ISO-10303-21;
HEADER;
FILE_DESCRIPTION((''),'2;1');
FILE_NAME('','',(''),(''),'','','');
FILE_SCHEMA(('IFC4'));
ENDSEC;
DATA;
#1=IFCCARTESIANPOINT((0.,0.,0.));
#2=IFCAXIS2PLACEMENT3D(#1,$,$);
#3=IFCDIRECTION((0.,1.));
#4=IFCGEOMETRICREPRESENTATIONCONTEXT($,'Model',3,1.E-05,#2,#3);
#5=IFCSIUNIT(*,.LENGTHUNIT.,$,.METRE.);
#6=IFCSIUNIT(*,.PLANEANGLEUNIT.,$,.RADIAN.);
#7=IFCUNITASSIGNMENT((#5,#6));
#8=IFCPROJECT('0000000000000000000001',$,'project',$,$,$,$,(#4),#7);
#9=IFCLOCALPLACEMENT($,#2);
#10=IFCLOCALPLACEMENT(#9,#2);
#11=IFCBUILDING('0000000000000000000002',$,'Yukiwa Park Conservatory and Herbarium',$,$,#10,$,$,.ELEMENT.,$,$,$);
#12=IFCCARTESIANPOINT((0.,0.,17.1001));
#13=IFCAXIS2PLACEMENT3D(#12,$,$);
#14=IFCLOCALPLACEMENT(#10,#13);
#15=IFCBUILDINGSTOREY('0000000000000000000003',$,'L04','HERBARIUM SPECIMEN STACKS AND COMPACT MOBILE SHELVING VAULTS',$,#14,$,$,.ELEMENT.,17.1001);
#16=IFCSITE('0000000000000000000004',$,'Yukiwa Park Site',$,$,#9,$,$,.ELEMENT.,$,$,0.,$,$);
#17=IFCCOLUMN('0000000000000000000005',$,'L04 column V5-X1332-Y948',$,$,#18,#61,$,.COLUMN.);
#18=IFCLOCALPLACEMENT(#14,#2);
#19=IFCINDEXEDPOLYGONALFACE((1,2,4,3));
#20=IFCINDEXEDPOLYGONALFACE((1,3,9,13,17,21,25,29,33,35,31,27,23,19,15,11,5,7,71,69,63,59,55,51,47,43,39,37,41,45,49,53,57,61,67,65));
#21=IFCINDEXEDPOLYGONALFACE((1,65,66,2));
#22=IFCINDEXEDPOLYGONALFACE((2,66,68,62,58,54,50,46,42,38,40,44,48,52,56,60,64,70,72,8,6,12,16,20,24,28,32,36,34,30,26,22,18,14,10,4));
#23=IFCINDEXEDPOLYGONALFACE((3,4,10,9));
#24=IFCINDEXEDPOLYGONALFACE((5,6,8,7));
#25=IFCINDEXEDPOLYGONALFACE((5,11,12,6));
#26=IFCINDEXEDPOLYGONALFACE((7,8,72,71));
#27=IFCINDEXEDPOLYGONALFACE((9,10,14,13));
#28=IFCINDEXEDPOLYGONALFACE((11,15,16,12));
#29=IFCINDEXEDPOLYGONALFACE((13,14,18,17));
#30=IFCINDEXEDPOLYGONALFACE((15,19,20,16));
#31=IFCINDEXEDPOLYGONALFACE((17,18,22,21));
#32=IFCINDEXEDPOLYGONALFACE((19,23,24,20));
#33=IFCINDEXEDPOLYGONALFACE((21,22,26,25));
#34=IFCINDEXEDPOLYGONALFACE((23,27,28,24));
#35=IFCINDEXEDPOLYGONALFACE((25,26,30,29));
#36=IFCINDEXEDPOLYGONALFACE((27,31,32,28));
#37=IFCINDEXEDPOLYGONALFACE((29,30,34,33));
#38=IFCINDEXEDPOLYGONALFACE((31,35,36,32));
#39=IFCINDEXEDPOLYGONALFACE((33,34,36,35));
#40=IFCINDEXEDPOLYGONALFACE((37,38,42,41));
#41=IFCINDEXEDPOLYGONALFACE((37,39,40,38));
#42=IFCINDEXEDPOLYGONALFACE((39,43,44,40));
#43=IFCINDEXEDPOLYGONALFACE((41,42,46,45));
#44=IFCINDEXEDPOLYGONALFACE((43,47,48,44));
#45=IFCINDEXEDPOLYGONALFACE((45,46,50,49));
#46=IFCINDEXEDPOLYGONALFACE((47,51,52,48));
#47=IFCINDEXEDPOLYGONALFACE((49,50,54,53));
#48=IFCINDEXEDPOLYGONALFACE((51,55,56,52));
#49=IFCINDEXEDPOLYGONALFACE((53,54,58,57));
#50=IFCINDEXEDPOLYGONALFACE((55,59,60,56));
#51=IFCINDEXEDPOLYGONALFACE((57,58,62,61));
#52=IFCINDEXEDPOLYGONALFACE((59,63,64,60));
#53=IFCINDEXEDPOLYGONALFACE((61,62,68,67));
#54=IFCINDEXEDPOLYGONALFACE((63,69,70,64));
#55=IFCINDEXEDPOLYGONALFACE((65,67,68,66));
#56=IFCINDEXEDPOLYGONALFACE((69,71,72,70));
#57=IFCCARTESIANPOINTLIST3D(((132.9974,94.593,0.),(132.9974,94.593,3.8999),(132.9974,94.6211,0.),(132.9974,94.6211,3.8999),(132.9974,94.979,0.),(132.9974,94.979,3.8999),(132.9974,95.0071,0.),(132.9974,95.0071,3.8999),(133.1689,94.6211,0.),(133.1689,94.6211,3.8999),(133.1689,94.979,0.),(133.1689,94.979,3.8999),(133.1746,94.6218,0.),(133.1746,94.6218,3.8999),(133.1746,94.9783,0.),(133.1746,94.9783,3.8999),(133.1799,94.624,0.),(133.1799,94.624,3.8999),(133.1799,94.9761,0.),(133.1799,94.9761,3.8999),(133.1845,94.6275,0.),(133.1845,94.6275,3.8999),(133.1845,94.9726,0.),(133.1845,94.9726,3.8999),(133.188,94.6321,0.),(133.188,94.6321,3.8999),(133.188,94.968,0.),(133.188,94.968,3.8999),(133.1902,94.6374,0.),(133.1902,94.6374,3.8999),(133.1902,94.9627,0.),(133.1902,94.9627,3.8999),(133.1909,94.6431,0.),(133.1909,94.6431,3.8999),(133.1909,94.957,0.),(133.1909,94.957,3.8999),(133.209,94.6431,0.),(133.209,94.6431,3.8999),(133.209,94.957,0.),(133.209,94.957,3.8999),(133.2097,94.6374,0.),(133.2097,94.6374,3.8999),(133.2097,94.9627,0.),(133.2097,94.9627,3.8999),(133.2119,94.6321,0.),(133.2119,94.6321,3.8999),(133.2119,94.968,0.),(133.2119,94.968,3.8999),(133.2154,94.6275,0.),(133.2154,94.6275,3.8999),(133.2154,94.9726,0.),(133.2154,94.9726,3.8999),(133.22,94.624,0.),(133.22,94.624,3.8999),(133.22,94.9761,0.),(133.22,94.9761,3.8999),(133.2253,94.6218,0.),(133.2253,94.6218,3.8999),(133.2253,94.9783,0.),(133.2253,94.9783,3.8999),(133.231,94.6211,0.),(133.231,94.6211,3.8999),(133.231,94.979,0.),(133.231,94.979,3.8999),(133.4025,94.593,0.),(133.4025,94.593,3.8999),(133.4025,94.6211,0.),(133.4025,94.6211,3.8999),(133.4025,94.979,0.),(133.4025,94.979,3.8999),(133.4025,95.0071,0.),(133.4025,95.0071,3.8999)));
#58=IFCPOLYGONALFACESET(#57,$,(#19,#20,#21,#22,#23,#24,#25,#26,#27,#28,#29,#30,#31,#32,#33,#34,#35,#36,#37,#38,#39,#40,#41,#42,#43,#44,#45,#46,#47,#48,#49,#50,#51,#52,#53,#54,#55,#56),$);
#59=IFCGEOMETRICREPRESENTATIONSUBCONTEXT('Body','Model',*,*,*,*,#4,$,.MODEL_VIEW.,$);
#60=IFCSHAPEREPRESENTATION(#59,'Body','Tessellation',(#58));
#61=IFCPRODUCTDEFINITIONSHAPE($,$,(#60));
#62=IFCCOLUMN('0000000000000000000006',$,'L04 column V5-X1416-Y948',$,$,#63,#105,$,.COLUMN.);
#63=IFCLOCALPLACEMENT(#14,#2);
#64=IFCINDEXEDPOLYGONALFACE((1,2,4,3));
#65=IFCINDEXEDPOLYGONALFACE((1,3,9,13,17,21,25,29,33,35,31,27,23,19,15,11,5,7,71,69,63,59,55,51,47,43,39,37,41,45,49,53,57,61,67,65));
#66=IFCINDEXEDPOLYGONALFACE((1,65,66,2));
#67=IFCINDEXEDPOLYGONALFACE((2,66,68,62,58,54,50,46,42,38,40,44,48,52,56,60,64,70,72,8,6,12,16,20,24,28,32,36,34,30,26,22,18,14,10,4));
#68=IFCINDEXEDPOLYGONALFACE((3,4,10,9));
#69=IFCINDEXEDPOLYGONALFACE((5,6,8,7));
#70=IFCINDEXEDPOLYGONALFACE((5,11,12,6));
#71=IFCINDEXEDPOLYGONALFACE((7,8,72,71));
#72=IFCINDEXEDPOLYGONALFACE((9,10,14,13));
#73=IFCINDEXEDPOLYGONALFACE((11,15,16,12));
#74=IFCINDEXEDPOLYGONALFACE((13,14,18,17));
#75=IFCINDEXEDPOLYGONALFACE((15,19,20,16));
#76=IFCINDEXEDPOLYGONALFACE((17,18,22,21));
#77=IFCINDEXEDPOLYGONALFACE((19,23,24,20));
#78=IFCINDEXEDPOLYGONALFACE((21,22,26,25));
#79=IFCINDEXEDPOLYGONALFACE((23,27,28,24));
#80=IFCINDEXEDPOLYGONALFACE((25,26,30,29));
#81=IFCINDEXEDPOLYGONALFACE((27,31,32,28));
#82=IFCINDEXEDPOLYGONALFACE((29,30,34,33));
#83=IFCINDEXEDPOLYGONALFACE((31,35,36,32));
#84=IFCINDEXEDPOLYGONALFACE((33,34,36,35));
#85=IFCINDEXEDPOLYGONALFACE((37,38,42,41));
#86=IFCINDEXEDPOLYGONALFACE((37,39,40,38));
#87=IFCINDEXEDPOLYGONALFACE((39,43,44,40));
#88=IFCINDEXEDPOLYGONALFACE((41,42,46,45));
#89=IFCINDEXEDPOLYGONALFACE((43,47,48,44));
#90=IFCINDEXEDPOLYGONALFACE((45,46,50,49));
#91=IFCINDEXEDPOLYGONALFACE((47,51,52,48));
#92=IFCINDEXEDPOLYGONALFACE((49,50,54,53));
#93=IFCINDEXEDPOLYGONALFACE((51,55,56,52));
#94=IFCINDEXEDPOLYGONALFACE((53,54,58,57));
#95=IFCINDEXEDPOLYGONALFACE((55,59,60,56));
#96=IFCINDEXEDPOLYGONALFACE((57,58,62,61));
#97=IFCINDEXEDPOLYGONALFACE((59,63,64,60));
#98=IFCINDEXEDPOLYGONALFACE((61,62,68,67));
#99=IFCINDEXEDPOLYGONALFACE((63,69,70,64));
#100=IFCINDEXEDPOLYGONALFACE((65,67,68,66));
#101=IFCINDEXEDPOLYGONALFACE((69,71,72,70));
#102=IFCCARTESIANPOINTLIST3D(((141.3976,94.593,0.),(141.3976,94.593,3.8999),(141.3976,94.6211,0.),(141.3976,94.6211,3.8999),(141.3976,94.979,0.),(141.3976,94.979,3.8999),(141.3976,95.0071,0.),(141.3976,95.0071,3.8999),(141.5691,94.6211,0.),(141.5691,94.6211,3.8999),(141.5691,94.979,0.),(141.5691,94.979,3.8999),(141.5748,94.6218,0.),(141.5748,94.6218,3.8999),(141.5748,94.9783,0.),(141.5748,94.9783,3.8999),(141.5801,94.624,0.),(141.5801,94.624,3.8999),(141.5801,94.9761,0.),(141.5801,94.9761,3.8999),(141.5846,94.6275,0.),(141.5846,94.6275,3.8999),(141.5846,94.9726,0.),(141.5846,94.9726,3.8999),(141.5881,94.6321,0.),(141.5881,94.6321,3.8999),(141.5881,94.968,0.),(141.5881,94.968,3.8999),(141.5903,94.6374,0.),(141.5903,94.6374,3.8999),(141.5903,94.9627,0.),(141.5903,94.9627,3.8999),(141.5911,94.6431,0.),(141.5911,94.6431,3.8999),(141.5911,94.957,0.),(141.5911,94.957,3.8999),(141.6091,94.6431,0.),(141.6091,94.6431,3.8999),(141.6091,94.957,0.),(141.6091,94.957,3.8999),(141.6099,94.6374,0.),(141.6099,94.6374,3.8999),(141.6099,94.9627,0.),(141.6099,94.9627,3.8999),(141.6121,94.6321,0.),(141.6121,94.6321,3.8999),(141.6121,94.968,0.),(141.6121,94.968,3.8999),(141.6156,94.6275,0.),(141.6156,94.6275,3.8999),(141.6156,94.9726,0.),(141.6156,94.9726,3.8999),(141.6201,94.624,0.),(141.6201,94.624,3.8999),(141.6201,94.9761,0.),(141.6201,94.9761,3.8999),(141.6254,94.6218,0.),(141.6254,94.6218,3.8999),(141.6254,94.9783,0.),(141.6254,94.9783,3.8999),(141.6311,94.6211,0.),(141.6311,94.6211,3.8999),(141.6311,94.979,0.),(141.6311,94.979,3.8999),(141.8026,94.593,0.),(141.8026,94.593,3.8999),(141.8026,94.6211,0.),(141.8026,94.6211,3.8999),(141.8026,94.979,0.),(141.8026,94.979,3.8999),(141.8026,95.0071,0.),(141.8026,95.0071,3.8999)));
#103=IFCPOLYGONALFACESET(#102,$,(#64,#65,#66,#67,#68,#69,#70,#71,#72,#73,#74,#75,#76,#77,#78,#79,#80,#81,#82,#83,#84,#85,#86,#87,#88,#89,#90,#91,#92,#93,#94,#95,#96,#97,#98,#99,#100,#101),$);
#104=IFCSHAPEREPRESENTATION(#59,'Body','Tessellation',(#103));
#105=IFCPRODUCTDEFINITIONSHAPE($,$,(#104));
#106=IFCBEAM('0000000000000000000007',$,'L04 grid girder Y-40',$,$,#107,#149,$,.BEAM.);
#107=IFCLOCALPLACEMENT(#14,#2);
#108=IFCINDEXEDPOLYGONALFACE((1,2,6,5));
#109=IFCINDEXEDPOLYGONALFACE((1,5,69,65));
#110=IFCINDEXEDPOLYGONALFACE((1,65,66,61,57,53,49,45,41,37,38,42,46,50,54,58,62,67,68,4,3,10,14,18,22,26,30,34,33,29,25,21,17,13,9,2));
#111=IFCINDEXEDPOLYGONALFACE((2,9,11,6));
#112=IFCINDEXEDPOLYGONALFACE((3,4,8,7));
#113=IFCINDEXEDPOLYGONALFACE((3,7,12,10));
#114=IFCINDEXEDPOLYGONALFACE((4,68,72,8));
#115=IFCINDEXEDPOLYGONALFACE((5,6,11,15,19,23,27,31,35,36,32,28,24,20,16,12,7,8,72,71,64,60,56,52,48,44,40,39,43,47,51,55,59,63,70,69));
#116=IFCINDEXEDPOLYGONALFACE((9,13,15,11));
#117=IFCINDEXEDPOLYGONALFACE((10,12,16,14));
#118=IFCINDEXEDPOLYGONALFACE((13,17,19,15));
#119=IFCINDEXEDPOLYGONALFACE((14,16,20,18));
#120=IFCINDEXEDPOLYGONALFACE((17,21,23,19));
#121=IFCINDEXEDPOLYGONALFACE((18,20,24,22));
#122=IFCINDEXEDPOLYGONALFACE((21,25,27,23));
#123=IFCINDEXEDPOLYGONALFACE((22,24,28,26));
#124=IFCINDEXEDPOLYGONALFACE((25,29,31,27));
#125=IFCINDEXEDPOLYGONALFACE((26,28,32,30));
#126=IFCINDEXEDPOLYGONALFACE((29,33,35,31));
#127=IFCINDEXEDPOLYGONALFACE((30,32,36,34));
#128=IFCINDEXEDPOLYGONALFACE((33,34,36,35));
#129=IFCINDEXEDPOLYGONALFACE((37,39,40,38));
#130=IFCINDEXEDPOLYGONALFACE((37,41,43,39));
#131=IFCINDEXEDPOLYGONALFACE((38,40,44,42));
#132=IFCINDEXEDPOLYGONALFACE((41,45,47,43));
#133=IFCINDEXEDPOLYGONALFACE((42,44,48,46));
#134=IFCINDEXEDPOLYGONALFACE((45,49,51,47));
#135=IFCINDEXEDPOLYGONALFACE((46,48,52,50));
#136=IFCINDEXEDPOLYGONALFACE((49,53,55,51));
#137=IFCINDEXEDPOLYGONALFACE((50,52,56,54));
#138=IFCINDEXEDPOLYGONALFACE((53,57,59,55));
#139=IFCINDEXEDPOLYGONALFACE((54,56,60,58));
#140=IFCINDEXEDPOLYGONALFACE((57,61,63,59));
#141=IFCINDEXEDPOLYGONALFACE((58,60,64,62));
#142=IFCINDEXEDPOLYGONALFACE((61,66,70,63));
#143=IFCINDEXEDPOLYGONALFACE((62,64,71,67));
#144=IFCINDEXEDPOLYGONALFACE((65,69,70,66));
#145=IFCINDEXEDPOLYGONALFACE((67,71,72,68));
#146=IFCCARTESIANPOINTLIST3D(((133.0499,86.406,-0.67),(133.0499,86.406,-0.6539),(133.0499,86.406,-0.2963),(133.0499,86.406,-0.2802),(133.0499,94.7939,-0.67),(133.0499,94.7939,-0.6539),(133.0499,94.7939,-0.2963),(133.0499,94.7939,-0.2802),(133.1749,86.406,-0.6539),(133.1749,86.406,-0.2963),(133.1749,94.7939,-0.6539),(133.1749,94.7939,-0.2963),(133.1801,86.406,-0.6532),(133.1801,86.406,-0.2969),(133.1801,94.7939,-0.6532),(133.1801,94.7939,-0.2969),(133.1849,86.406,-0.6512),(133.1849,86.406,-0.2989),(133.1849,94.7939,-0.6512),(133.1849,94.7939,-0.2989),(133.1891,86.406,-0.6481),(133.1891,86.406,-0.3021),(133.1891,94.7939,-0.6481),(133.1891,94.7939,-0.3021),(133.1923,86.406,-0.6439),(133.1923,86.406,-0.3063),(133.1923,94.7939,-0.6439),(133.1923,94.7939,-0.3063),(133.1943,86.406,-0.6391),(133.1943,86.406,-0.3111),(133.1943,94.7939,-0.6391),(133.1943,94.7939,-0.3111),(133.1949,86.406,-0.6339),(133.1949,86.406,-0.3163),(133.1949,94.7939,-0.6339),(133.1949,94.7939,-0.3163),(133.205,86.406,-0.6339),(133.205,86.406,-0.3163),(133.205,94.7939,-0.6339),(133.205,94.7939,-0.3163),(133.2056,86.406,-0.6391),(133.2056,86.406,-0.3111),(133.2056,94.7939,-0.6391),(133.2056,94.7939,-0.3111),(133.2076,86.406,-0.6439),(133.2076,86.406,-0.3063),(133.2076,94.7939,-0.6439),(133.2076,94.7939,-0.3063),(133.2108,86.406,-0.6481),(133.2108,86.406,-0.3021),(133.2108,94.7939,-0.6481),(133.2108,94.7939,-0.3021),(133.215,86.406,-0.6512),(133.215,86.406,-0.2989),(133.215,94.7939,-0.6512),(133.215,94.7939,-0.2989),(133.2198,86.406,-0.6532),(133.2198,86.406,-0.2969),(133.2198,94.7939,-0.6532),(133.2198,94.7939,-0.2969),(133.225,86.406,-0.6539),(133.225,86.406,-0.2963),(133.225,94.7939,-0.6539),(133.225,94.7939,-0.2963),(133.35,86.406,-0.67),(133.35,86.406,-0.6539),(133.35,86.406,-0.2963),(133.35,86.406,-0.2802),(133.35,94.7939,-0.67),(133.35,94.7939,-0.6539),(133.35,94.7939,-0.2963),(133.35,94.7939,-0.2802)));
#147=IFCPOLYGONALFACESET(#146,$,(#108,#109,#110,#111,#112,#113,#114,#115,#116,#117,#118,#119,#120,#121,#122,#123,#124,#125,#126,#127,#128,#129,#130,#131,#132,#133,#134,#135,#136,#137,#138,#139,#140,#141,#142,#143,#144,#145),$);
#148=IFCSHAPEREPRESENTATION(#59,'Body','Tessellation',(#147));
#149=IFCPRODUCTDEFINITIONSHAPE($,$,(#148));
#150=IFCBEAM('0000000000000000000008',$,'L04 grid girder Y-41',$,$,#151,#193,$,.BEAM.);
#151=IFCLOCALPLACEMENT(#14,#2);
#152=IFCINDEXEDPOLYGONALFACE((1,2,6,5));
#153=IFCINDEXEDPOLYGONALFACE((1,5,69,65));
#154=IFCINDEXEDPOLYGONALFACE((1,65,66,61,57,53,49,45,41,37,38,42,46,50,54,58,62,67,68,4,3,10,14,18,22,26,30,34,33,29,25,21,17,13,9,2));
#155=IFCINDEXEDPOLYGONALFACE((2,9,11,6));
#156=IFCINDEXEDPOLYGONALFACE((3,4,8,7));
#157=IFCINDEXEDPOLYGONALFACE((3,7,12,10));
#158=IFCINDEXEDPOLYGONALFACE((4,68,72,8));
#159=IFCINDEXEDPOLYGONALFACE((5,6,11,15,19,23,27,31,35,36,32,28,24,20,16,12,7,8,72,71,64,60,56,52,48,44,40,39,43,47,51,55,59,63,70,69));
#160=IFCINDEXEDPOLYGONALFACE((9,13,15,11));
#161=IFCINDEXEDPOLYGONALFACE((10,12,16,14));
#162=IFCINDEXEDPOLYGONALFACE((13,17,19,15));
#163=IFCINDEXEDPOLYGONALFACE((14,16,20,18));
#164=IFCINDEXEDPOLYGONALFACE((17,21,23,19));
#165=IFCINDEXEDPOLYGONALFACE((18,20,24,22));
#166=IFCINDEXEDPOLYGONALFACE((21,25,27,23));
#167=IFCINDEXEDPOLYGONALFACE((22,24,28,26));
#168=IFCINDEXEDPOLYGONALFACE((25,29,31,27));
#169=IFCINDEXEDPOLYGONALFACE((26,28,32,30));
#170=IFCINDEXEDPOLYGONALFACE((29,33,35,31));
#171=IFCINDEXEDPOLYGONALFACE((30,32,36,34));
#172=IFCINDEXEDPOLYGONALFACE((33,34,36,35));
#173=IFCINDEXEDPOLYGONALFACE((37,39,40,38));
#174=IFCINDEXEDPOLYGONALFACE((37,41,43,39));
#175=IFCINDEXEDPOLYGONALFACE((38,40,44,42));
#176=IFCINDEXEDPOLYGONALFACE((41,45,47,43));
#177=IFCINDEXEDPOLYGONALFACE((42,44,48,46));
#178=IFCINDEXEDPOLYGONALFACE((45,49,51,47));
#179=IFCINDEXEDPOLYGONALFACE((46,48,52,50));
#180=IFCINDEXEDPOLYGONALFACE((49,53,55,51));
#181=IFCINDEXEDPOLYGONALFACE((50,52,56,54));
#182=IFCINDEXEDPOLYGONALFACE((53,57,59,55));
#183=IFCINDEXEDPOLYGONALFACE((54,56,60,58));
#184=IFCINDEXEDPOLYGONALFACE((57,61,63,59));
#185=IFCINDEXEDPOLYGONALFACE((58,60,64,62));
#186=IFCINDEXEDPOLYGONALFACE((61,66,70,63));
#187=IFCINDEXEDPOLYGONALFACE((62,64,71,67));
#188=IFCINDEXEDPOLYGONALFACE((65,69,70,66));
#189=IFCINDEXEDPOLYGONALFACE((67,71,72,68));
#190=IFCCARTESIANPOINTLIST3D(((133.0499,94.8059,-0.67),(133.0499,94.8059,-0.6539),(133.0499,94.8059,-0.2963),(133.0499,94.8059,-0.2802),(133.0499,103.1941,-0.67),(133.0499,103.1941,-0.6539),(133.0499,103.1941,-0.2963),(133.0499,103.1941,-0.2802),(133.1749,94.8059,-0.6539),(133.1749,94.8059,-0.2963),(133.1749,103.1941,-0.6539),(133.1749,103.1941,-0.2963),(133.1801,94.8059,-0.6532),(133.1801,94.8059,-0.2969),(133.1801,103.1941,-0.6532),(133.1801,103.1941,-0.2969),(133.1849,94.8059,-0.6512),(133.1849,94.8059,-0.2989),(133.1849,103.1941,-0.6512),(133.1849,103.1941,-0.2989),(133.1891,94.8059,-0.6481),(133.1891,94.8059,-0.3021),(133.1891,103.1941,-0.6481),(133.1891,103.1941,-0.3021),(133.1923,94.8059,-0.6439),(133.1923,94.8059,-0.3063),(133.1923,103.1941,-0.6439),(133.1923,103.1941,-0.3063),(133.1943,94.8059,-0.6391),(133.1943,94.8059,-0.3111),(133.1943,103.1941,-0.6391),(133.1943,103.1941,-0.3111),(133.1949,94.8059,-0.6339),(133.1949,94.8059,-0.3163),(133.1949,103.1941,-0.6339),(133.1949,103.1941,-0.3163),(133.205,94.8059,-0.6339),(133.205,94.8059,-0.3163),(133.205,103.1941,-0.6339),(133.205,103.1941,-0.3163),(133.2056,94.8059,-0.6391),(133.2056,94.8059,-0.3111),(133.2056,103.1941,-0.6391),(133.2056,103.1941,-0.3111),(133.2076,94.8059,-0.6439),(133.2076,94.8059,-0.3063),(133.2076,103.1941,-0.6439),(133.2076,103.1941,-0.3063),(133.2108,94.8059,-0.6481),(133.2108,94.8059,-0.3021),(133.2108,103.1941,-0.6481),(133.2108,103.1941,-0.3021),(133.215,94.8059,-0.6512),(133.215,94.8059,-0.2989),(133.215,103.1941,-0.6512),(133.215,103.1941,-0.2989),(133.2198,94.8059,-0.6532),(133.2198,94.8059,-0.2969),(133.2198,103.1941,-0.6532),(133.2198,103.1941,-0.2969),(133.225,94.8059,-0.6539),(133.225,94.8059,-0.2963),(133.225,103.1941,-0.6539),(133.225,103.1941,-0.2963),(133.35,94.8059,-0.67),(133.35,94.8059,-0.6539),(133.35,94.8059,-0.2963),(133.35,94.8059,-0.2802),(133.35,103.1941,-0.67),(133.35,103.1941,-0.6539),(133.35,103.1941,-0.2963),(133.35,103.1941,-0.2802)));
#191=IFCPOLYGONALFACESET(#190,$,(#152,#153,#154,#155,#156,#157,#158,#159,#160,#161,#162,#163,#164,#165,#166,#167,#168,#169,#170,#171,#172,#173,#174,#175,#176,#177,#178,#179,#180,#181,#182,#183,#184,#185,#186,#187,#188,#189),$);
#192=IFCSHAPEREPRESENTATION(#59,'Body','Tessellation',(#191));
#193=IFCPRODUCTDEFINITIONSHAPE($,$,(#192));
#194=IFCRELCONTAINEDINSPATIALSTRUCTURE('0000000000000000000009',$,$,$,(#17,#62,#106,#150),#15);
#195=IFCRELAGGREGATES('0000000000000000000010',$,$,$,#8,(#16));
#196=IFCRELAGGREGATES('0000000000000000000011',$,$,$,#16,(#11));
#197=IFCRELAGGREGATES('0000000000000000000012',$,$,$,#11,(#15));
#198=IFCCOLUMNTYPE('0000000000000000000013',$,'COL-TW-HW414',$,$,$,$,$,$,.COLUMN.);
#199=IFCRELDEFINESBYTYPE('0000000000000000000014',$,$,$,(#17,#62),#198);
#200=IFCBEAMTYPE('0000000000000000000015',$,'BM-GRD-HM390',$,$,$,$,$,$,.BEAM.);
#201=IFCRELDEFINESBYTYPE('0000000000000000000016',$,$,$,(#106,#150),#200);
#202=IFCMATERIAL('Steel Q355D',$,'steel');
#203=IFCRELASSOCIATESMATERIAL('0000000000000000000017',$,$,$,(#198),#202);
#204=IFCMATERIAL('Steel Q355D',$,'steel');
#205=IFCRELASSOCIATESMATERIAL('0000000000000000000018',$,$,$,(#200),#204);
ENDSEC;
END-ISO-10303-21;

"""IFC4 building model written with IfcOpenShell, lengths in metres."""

from ifc_helpers import new_model, si_unit, direction, frame, origin, origin_2d, place, context, subcontext, project, spatial, i_section, extrude, material, material_profile, profile_set, type_object, element, save


model = new_model("IFC4")

# Units and contexts
model_context = context("Model", 3, precision=1e-05, world=origin(), true_north=direction((0.0, 1.0)))
body_context = subcontext(model_context, "Body", "Model", "MODEL_VIEW")
ifc_project = project(units=[si_unit("LENGTHUNIT", "METRE"), si_unit("PLANEANGLEUNIT", "RADIAN")], contexts=[model_context])

# Site, building, storey
site_placement = place(None, origin())
site = spatial("IfcSite", under=ifc_project, at=site_placement, Name="Yukiwa Park Site", CompositionType="ELEMENT", RefElevation=0.0)
building_placement = place(site_placement, origin())
building = spatial("IfcBuilding", under=site, at=building_placement, Name="Yukiwa Park Conservatory and Herbarium", CompositionType="ELEMENT")
storey_placement = place(building_placement, frame((0.0, 0.0, 17.1001)))
storey = spatial("IfcBuildingStorey", under=building, at=storey_placement, Name="L04", Description="HERBARIUM SPECIMEN STACKS AND COMPACT MOBILE SHELVING VAULTS", CompositionType="ELEMENT", Elevation=17.1001)

# Columns
ifc_material_1 = material(Name="Steel Q355D", Category="steel")
ifc_material_profile_1 = material_profile(ifc_material_1, i_section(OverallWidth=0.405, OverallDepth=0.4141, WebThickness=0.0181, FlangeThickness=0.0281, FilletRadius=0.022, at=origin_2d()), Name="HW 414x405x18x28")
ifc_profile_set_1 = profile_set([ifc_material_profile_1], Name="Steel Q355D")
column_type = type_object("IfcColumnType", Name="COL-TW-HW414", PredefinedType="COLUMN", material=ifc_profile_set_1)
for number, where, z_axis, x_axis, name in (
    (1, (133.2, 94.8, 0.0), (0.0, 0.0, 1.0), (1.0, 0.0, 0.0), "L04 column V5-X1332-Y948"),
    (2, (141.6001, 94.8, 0.0), (0.0, 0.0, 1.0), (1.0, 0.0, 0.0), "L04 column V5-X1416-Y948"),
):
    element("IfcColumn", number, at=place(storey_placement, frame(where, z_axis=z_axis, x_axis=x_axis)), inside=storey, type_object=column_type, Name=name, PredefinedType="COLUMN", context=body_context, shape_type="SweptSolid", body=[
        extrude(i_section(OverallWidth=0.405, OverallDepth=0.4141, WebThickness=0.0181, FlangeThickness=0.0281, FilletRadius=0.022, at=origin_2d()), origin(), (0.0, 0.0, 1.0), 3.8999),
    ])

# Beams
ifc_material_2 = material(Name="Steel Q355D", Category="steel")
ifc_material_profile_2 = material_profile(ifc_material_2, i_section(OverallWidth=0.3, OverallDepth=0.3899, WebThickness=0.01, FlangeThickness=0.0161, FilletRadius=0.02, at=origin_2d()), Name="HM 390x300x10x16")
ifc_profile_set_2 = profile_set([ifc_material_profile_2], Name="Steel Q355D")
beam_type_1 = type_object("IfcBeamType", Name="BM-GRD-HM390", PredefinedType="BEAM", material=ifc_profile_set_2)
beam_1_placement = place(storey_placement, frame((133.2, 86.406, -0.4751), z_axis=(0.0, 1.0, 0.0), x_axis=(-1.0, 0.0, 0.0)))
element("IfcBeam", 3, at=beam_1_placement, inside=storey, type_object=beam_type_1, Name="L04 grid girder Y-40", PredefinedType="BEAM", context=body_context, shape_type="SweptSolid", body=[
    extrude(i_section(OverallWidth=0.3, OverallDepth=0.3899, WebThickness=0.01, FlangeThickness=0.0161, FilletRadius=0.02, at=origin_2d()), origin(), (0.0, 0.0, 1.0), 8.3879),
])
beam_2_placement = place(storey_placement, frame((133.2, 94.8059, -0.4751), z_axis=(0.0, 1.0, 0.0), x_axis=(-1.0, 0.0, 0.0)))
element("IfcBeam", 4, at=beam_2_placement, inside=storey, type_object=beam_type_1, Name="L04 grid girder Y-41", PredefinedType="BEAM", context=body_context, shape_type="SweptSolid", body=[
    extrude(i_section(OverallWidth=0.3, OverallDepth=0.3899, WebThickness=0.01, FlangeThickness=0.0161, FilletRadius=0.02, at=origin_2d()), origin(), (0.0, 0.0, 1.0), 8.3882),
])

save(model, "model.ifc")
